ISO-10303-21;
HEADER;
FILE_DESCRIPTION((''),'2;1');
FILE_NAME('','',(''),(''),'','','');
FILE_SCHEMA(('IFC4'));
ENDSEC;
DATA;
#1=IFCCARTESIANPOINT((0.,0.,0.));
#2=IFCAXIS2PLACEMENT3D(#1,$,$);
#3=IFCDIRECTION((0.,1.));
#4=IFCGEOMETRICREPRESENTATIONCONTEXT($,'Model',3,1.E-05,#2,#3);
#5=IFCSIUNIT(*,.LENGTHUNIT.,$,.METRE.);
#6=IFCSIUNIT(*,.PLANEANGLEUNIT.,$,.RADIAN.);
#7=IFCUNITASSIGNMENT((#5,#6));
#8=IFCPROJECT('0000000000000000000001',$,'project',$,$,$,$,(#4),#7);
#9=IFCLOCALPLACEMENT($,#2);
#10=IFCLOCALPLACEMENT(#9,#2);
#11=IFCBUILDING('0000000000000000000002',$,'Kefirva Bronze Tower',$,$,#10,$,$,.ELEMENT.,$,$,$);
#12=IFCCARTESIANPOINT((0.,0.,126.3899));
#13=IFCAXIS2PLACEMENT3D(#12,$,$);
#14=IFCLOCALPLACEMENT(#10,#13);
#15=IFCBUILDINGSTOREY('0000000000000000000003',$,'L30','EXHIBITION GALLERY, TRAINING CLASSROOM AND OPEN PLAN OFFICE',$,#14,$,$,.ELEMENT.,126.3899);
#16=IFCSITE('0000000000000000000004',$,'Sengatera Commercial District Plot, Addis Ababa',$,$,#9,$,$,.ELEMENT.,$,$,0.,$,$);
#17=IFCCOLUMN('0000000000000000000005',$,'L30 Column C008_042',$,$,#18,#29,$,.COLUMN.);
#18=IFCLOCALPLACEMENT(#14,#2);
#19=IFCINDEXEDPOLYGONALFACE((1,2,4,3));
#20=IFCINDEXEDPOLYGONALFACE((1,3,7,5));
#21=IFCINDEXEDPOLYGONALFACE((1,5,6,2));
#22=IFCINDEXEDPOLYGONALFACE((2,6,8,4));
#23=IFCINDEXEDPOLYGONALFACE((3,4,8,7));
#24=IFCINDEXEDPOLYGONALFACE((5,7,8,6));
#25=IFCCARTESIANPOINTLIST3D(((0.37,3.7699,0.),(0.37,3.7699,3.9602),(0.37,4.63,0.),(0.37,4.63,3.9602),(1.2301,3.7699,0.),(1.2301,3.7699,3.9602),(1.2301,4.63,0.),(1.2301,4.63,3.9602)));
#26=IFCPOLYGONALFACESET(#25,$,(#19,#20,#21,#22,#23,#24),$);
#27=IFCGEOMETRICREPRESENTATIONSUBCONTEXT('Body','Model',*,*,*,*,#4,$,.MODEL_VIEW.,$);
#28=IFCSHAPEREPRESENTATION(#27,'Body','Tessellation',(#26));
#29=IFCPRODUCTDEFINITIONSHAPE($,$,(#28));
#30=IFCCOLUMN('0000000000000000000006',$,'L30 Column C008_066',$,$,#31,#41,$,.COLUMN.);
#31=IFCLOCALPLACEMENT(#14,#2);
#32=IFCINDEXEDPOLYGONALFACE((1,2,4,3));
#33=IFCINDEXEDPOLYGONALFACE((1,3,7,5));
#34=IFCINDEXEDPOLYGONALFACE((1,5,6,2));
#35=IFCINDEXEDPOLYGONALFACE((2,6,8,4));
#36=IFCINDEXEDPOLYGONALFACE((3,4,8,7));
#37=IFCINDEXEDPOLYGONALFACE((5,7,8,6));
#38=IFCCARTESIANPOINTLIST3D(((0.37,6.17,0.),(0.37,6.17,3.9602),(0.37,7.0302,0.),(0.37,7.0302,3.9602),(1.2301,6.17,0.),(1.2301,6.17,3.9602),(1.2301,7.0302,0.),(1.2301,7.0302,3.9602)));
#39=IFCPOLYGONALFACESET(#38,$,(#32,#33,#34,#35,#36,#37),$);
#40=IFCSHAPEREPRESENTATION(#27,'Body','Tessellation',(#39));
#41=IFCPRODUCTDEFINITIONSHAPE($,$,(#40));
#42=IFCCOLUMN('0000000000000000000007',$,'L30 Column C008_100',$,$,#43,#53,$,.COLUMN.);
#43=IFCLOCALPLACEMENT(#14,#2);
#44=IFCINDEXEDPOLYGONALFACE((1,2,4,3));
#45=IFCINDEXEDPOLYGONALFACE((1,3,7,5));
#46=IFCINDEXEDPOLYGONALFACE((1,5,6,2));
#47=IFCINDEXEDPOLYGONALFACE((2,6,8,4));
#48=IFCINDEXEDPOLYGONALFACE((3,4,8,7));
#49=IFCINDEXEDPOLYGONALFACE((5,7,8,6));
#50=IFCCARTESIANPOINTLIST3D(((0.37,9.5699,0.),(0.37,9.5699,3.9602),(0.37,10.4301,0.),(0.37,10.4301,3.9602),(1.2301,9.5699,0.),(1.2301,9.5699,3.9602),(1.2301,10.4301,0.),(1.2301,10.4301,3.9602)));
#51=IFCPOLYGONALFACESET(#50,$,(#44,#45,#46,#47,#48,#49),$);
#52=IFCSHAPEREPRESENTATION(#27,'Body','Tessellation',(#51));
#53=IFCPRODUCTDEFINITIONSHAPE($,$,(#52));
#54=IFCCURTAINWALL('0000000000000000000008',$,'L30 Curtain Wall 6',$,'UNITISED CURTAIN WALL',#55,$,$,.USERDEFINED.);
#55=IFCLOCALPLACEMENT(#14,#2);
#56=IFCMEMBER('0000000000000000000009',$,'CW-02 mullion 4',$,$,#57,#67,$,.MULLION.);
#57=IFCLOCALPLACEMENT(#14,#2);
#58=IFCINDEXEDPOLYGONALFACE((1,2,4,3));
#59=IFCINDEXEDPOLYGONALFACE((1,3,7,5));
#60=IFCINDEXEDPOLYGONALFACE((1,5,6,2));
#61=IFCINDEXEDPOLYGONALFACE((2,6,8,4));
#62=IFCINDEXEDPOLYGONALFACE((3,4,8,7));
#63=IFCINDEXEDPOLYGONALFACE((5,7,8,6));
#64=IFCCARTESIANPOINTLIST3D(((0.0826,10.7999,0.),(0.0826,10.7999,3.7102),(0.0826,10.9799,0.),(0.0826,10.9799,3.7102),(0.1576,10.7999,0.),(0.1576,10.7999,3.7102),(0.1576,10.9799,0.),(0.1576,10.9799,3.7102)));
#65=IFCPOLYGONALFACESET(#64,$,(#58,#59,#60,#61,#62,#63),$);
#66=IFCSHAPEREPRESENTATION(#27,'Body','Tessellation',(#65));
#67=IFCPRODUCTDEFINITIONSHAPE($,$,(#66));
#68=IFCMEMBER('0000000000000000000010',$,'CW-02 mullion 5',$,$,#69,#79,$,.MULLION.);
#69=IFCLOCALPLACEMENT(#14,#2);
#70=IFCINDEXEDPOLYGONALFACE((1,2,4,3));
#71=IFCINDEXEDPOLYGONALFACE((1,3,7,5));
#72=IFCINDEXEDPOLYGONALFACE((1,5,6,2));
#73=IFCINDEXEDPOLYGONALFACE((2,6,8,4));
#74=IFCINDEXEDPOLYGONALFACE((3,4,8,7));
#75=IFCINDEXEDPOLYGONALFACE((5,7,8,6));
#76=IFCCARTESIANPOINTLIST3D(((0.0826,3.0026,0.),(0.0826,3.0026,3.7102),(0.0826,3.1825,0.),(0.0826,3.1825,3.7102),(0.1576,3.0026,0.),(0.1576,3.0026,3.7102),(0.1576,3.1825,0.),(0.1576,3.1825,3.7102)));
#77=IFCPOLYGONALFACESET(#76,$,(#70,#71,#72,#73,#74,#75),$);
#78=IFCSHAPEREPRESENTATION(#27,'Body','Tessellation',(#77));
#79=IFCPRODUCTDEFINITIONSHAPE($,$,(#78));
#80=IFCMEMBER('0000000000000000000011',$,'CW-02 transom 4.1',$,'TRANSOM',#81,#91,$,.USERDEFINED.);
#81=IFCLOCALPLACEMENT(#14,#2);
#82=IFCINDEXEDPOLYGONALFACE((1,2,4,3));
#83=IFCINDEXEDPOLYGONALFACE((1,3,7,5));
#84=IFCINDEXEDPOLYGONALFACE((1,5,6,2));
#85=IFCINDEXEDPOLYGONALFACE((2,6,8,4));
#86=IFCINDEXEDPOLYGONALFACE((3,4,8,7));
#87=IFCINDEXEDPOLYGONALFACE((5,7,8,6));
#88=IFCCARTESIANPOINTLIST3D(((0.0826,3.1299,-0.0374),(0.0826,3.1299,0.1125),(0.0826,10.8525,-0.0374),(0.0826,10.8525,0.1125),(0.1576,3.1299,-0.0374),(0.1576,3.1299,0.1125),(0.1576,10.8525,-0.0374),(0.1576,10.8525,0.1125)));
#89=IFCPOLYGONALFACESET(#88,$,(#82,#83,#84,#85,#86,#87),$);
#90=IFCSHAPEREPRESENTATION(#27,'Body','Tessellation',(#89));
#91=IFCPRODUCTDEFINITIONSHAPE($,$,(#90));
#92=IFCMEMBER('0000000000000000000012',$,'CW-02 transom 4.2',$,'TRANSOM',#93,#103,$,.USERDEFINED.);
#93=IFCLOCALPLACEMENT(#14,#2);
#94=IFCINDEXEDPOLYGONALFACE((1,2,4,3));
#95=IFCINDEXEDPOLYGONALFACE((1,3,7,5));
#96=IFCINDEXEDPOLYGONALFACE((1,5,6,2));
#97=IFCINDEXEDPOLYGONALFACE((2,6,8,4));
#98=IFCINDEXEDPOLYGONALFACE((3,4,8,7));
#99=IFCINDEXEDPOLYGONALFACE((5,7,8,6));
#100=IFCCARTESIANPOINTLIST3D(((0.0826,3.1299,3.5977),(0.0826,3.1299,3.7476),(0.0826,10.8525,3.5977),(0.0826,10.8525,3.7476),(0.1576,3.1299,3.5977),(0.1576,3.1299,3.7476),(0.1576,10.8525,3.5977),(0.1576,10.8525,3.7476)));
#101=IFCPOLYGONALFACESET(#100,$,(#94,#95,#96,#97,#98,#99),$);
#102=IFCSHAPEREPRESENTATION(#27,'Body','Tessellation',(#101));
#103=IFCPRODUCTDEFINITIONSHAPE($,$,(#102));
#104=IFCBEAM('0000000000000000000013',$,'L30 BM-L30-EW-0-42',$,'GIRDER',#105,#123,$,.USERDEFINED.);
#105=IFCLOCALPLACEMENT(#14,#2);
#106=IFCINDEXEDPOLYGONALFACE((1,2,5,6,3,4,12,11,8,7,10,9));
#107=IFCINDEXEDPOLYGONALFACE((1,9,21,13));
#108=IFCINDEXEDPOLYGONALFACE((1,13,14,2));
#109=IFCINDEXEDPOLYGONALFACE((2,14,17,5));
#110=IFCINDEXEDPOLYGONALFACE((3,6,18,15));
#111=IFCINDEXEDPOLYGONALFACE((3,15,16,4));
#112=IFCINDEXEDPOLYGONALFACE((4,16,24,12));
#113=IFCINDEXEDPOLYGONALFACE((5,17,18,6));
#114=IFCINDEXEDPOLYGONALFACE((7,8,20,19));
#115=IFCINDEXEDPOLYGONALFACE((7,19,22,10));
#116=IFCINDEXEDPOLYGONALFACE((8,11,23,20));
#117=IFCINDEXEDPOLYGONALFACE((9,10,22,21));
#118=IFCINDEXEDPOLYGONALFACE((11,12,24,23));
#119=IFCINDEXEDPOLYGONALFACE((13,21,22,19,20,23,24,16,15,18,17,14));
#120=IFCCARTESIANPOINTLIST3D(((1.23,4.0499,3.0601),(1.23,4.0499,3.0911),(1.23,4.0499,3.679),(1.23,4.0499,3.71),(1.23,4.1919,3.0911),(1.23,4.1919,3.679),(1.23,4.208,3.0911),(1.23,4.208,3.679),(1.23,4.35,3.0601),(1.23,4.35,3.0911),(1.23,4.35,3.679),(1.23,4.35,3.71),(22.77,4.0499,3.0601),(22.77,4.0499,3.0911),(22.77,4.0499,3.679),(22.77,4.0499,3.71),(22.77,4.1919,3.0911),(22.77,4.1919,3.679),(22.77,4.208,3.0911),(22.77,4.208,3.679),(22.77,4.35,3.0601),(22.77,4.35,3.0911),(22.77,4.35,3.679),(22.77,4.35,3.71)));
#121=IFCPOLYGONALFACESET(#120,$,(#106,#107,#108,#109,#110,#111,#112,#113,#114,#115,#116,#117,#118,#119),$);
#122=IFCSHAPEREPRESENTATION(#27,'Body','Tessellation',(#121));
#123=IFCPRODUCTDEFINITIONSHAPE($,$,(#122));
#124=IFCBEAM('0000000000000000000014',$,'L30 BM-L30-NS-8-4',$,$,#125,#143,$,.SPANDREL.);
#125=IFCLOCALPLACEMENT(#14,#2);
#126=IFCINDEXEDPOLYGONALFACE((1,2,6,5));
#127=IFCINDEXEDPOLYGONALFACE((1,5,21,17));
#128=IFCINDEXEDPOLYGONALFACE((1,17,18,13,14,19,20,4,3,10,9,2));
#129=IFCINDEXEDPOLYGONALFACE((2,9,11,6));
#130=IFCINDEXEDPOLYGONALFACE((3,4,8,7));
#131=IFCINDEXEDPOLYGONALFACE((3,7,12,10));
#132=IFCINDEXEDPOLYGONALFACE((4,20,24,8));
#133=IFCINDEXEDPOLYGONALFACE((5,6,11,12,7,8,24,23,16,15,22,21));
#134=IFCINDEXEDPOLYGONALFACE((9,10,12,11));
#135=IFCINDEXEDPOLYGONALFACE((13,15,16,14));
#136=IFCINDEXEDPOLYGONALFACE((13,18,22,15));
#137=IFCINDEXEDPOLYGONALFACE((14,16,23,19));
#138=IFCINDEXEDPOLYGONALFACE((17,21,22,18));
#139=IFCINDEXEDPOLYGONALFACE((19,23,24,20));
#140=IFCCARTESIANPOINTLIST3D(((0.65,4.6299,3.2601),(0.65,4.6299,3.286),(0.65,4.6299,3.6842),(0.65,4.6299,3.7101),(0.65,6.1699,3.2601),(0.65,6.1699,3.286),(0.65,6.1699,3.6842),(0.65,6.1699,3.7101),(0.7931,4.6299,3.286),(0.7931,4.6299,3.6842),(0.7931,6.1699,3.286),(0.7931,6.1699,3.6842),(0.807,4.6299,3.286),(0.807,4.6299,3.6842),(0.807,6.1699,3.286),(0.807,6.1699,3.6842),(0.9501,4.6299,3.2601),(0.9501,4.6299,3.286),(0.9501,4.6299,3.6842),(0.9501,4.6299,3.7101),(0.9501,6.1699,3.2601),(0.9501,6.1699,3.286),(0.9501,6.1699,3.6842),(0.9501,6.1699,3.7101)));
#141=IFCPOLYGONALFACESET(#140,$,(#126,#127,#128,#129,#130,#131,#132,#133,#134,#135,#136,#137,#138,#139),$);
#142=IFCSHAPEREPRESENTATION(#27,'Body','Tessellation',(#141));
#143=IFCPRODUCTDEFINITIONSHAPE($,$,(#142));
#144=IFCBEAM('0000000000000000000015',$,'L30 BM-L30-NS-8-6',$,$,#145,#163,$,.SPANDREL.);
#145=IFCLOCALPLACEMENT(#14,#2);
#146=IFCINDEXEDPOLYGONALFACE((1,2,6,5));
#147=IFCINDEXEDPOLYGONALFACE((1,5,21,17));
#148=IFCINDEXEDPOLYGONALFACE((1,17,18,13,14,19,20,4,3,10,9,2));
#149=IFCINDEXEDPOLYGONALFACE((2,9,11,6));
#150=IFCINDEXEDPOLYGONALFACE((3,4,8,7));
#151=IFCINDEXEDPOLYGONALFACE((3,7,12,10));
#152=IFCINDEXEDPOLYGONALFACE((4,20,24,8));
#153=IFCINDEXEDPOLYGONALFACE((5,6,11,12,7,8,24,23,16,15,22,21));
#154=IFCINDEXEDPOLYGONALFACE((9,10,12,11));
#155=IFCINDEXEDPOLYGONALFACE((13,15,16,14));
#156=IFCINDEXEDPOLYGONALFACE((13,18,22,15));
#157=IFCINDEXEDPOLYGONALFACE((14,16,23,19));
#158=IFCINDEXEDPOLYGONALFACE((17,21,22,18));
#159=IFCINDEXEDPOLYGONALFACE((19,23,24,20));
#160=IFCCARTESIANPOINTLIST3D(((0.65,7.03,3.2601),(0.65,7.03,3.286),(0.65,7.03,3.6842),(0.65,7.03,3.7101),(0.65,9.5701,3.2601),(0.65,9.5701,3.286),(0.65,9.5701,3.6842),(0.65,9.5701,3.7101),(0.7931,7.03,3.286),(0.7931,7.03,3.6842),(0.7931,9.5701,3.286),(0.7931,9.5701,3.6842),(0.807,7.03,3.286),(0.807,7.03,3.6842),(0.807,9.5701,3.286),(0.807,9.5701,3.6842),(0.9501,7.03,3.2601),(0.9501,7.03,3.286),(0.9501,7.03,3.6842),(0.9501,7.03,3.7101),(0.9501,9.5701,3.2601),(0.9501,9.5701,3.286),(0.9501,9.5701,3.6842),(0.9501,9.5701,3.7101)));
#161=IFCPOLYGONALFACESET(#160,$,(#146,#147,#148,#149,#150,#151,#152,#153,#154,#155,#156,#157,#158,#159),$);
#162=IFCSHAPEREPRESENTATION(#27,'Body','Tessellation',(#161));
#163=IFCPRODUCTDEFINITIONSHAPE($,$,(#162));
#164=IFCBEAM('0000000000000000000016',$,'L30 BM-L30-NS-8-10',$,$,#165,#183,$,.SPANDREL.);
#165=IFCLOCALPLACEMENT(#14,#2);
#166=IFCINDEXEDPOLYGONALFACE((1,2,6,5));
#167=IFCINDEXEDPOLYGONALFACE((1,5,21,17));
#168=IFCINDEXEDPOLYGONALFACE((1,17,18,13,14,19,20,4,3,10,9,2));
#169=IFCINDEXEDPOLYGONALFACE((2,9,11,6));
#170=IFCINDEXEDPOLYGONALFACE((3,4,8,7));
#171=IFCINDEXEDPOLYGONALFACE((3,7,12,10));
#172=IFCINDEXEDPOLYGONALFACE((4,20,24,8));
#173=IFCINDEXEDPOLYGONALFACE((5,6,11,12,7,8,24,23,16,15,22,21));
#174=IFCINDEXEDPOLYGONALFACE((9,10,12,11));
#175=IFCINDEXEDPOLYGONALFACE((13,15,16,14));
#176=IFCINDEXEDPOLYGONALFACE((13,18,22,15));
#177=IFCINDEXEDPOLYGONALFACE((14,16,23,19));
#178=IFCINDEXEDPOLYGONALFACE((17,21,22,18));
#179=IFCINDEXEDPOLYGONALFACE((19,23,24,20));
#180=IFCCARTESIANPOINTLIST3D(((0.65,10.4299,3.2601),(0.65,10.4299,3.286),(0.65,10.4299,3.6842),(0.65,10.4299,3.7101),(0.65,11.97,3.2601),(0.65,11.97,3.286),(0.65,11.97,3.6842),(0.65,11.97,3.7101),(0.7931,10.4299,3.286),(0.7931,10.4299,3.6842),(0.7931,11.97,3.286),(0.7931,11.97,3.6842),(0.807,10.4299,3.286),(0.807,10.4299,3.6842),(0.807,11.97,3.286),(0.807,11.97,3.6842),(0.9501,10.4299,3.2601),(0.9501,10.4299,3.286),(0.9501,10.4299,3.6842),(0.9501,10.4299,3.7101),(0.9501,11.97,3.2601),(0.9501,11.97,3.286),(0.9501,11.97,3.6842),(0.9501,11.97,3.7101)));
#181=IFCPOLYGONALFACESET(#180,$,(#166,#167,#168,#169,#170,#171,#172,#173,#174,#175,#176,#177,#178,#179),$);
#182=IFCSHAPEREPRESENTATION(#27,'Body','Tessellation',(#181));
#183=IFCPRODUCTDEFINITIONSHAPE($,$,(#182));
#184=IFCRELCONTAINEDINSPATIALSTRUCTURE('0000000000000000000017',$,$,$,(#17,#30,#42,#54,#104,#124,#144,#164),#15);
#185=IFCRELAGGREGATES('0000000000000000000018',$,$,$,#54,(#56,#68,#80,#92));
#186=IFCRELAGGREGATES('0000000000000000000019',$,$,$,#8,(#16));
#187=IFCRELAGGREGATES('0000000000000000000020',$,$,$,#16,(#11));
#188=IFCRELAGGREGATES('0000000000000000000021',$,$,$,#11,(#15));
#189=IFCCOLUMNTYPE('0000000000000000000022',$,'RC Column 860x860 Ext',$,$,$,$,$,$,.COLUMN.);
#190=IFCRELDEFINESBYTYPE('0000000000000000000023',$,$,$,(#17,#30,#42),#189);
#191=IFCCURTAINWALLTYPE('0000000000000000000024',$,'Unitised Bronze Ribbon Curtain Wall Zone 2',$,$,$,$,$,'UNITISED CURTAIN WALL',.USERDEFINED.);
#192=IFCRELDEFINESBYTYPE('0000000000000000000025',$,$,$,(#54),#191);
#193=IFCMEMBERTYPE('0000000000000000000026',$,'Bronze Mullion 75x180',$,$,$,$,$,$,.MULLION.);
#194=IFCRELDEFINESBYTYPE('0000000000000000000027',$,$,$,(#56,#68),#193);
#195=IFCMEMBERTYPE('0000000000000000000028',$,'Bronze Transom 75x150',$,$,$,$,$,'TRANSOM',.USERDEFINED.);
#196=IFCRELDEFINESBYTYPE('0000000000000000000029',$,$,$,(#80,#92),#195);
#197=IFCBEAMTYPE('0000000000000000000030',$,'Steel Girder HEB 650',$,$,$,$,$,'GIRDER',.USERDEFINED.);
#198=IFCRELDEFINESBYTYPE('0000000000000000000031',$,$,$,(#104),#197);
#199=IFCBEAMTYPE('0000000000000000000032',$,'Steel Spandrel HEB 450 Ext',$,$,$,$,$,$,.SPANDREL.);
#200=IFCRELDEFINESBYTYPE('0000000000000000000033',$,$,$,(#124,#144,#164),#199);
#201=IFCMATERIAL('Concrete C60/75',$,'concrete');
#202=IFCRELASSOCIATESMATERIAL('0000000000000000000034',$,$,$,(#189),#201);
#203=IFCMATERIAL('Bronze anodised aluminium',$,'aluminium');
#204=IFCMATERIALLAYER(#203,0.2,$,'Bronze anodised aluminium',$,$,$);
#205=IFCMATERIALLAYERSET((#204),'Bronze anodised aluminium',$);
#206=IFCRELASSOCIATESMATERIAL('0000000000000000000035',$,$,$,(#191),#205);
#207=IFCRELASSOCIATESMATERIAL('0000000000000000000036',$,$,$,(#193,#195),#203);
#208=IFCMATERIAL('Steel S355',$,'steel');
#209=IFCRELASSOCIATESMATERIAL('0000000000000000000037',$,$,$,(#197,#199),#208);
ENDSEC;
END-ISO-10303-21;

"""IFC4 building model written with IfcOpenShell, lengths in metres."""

from ifc_helpers import new_model, si_unit, direction, frame, origin, origin_2d, place, context, subcontext, project, spatial, rectangle, i_section, extrude, material, layer, layer_set, material_profile, profile_set, type_object, element, aggregate, save


model = new_model("IFC4")

# Units and contexts
model_context = context("Model", 3, precision=1e-05, world=origin(), true_north=direction((0.0, 1.0)))
body_context = subcontext(model_context, "Body", "Model", "MODEL_VIEW")
ifc_project = project(units=[si_unit("LENGTHUNIT", "METRE"), si_unit("PLANEANGLEUNIT", "RADIAN")], contexts=[model_context])

# Site, building, storey
site_placement = place(None, origin())
site = spatial("IfcSite", under=ifc_project, at=site_placement, Name="Sengatera Commercial District Plot, Addis Ababa", CompositionType="ELEMENT", RefElevation=0.0)
building_placement = place(site_placement, origin())
building = spatial("IfcBuilding", under=site, at=building_placement, Name="Kefirva Bronze Tower", CompositionType="ELEMENT")
storey_placement = place(building_placement, frame((0.0, 0.0, 126.3899)))
storey = spatial("IfcBuildingStorey", under=building, at=storey_placement, Name="L30", Description="EXHIBITION GALLERY, TRAINING CLASSROOM AND OPEN PLAN OFFICE", CompositionType="ELEMENT", Elevation=126.3899)

# Columns
ifc_material_1 = material(Name="Concrete C60/75", Category="concrete")
ifc_material_profile_1 = material_profile(ifc_material_1, rectangle(XDim=0.8601, YDim=0.8601, at=origin_2d()), Name="RC 860x860")
ifc_profile_set_1 = profile_set([ifc_material_profile_1], Name="Concrete C60/75")
column_type = type_object("IfcColumnType", Name="RC Column 860x860 Ext", PredefinedType="COLUMN", material=ifc_profile_set_1)
for number, where, z_axis, x_axis, name in (
    (1, (0.8, 4.2, 0.0), (0.0, 0.0, 1.0), (1.0, 0.0, 0.0), "L30 Column C008_042"),
    (2, (0.8, 6.6001, 0.0), (0.0, 0.0, 1.0), (1.0, 0.0, 0.0), "L30 Column C008_066"),
    (3, (0.8, 10.0, 0.0), (0.0, 0.0, 1.0), (1.0, 0.0, 0.0), "L30 Column C008_100"),
):
    element("IfcColumn", number, at=place(storey_placement, frame(where, z_axis=z_axis, x_axis=x_axis)), inside=storey, type_object=column_type, Name=name, PredefinedType="COLUMN", context=body_context, shape_type="SweptSolid", body=[
        extrude(rectangle(XDim=0.8601, YDim=0.8601, at=origin_2d()), origin(), (0.0, 0.0, 1.0), 3.9602),
    ])

# Curtain wall, members
ifc_material_2 = material(Name="Bronze anodised aluminium", Category="aluminium")
ifc_layer_1 = layer(ifc_material_2, 0.2, Name="Bronze anodised aluminium")
ifc_layer_set_1 = layer_set([ifc_layer_1], Name="Bronze anodised aluminium")
curtain_wall_type = type_object("IfcCurtainWallType", Name="Unitised Bronze Ribbon Curtain Wall Zone 2", ElementType="UNITISED CURTAIN WALL", PredefinedType="USERDEFINED", material=ifc_layer_set_1)
curtain_wall_placement = place(storey_placement, origin())
curtain_wall = element("IfcCurtainWall", 4, at=curtain_wall_placement, inside=storey, type_object=curtain_wall_type, Name="L30 Curtain Wall 6", ObjectType="UNITISED CURTAIN WALL", PredefinedType="USERDEFINED")
ifc_material_profile_2 = material_profile(ifc_material_2, rectangle(XDim=0.075, YDim=0.1799, at=origin_2d()), Name="ALU 75x180")
ifc_profile_set_2 = profile_set([ifc_material_profile_2], Name="Bronze anodised aluminium")
member_type_1 = type_object("IfcMemberType", Name="Bronze Mullion 75x180", PredefinedType="MULLION", material=ifc_profile_set_2)
member_1_placement = place(storey_placement, frame((0.1201, 10.8899, 0.0), z_axis=(0.0, 0.0, 1.0), x_axis=(1.0, 0.0, 0.0)))
member_1 = element("IfcMember", 5, at=member_1_placement, type_object=member_type_1, Name="CW-02 mullion 4", PredefinedType="MULLION", context=body_context, shape_type="SweptSolid", body=[
    extrude(rectangle(XDim=0.075, YDim=0.1799, at=origin_2d()), origin(), (0.0, 0.0, 1.0), 3.7102),
])
member_2_placement = place(storey_placement, frame((0.1201, 3.0925, 0.0), z_axis=(0.0, 0.0, 1.0), x_axis=(1.0, 0.0, 0.0)))
member_2 = element("IfcMember", 6, at=member_2_placement, type_object=member_type_1, Name="CW-02 mullion 5", PredefinedType="MULLION", context=body_context, shape_type="SweptSolid", body=[
    extrude(rectangle(XDim=0.075, YDim=0.1799, at=origin_2d()), origin(), (0.0, 0.0, 1.0), 3.7102),
])
ifc_material_profile_3 = material_profile(ifc_material_2, rectangle(XDim=0.075, YDim=0.1499, at=origin_2d()), Name="ALU 75x150")
ifc_profile_set_3 = profile_set([ifc_material_profile_3], Name="Bronze anodised aluminium")
member_type_2 = type_object("IfcMemberType", Name="Bronze Transom 75x150", ElementType="TRANSOM", PredefinedType="USERDEFINED", material=ifc_profile_set_3)
member_3_placement = place(storey_placement, frame((0.1201, 10.8525, 0.0376), z_axis=(0.0, -1.0, 0.0), x_axis=(1.0, 0.0, 0.0)))
member_3 = element("IfcMember", 7, at=member_3_placement, type_object=member_type_2, Name="CW-02 transom 4.1", ObjectType="TRANSOM", PredefinedType="USERDEFINED", context=body_context, shape_type="SweptSolid", body=[
    extrude(rectangle(XDim=0.075, YDim=0.1499, at=origin_2d()), origin(), (0.0, 0.0, 1.0), 7.7227),
])
member_4_placement = place(storey_placement, frame((0.1201, 10.8525, 3.6726), z_axis=(0.0, -1.0, 0.0), x_axis=(1.0, 0.0, 0.0)))
member_4 = element("IfcMember", 8, at=member_4_placement, type_object=member_type_2, Name="CW-02 transom 4.2", ObjectType="TRANSOM", PredefinedType="USERDEFINED", context=body_context, shape_type="SweptSolid", body=[
    extrude(rectangle(XDim=0.075, YDim=0.1499, at=origin_2d()), origin(), (0.0, 0.0, 1.0), 7.7227),
])

# Beams
ifc_material_3 = material(Name="Steel S355", Category="steel")
ifc_material_profile_4 = material_profile(ifc_material_3, i_section(OverallWidth=0.3, OverallDepth=0.6499, WebThickness=0.0161, FlangeThickness=0.031, at=origin_2d()), Name="HEB 650")
ifc_profile_set_4 = profile_set([ifc_material_profile_4], Name="Steel S355")
beam_type_1 = type_object("IfcBeamType", Name="Steel Girder HEB 650", ElementType="GIRDER", PredefinedType="USERDEFINED", material=ifc_profile_set_4)
beam_1_placement = place(storey_placement, frame((1.23, 4.2, 3.385), z_axis=(1.0, 0.0, 0.0), x_axis=(0.0, 1.0, 0.0)))
element("IfcBeam", 9, at=beam_1_placement, inside=storey, type_object=beam_type_1, Name="L30 BM-L30-EW-0-42", ObjectType="GIRDER", PredefinedType="USERDEFINED", context=body_context, shape_type="SweptSolid", body=[
    extrude(i_section(OverallWidth=0.3, OverallDepth=0.6499, WebThickness=0.0161, FlangeThickness=0.031, at=origin_2d()), origin(), (0.0, 0.0, 1.0), 21.54),
])
ifc_material_profile_5 = material_profile(ifc_material_3, i_section(OverallWidth=0.3, OverallDepth=0.45, WebThickness=0.0139, FlangeThickness=0.0259, at=origin_2d()), Name="HEB 450")
ifc_profile_set_5 = profile_set([ifc_material_profile_5], Name="Steel S355")
beam_type_2 = type_object("IfcBeamType", Name="Steel Spandrel HEB 450 Ext", PredefinedType="SPANDREL", material=ifc_profile_set_5)
beam_2_placement = place(storey_placement, frame((0.8, 4.6299, 3.4851), z_axis=(0.0, 1.0, 0.0), x_axis=(-1.0, 0.0, 0.0)))
element("IfcBeam", 10, at=beam_2_placement, inside=storey, type_object=beam_type_2, Name="L30 BM-L30-NS-8-4", PredefinedType="SPANDREL", context=body_context, shape_type="SweptSolid", body=[
    extrude(i_section(OverallWidth=0.3, OverallDepth=0.45, WebThickness=0.0139, FlangeThickness=0.0259, at=origin_2d()), origin(), (0.0, 0.0, 1.0), 1.54),
])
beam_3_placement = place(storey_placement, frame((0.8, 7.03, 3.4851), z_axis=(0.0, 1.0, 0.0), x_axis=(-1.0, 0.0, 0.0)))
element("IfcBeam", 11, at=beam_3_placement, inside=storey, type_object=beam_type_2, Name="L30 BM-L30-NS-8-6", PredefinedType="SPANDREL", context=body_context, shape_type="SweptSolid", body=[
    extrude(i_section(OverallWidth=0.3, OverallDepth=0.45, WebThickness=0.0139, FlangeThickness=0.0259, at=origin_2d()), origin(), (0.0, 0.0, 1.0), 2.54),
])
beam_4_placement = place(storey_placement, frame((0.8, 10.4299, 3.4851), z_axis=(0.0, 1.0, 0.0), x_axis=(-1.0, 0.0, 0.0)))
element("IfcBeam", 12, at=beam_4_placement, inside=storey, type_object=beam_type_2, Name="L30 BM-L30-NS-8-10", PredefinedType="SPANDREL", context=body_context, shape_type="SweptSolid", body=[
    extrude(i_section(OverallWidth=0.3, OverallDepth=0.45, WebThickness=0.0139, FlangeThickness=0.0259, at=origin_2d()), origin(), (0.0, 0.0, 1.0), 1.54),
])

aggregate(curtain_wall, [member_1, member_2, member_3, member_4])

save(model, "model.ifc")
